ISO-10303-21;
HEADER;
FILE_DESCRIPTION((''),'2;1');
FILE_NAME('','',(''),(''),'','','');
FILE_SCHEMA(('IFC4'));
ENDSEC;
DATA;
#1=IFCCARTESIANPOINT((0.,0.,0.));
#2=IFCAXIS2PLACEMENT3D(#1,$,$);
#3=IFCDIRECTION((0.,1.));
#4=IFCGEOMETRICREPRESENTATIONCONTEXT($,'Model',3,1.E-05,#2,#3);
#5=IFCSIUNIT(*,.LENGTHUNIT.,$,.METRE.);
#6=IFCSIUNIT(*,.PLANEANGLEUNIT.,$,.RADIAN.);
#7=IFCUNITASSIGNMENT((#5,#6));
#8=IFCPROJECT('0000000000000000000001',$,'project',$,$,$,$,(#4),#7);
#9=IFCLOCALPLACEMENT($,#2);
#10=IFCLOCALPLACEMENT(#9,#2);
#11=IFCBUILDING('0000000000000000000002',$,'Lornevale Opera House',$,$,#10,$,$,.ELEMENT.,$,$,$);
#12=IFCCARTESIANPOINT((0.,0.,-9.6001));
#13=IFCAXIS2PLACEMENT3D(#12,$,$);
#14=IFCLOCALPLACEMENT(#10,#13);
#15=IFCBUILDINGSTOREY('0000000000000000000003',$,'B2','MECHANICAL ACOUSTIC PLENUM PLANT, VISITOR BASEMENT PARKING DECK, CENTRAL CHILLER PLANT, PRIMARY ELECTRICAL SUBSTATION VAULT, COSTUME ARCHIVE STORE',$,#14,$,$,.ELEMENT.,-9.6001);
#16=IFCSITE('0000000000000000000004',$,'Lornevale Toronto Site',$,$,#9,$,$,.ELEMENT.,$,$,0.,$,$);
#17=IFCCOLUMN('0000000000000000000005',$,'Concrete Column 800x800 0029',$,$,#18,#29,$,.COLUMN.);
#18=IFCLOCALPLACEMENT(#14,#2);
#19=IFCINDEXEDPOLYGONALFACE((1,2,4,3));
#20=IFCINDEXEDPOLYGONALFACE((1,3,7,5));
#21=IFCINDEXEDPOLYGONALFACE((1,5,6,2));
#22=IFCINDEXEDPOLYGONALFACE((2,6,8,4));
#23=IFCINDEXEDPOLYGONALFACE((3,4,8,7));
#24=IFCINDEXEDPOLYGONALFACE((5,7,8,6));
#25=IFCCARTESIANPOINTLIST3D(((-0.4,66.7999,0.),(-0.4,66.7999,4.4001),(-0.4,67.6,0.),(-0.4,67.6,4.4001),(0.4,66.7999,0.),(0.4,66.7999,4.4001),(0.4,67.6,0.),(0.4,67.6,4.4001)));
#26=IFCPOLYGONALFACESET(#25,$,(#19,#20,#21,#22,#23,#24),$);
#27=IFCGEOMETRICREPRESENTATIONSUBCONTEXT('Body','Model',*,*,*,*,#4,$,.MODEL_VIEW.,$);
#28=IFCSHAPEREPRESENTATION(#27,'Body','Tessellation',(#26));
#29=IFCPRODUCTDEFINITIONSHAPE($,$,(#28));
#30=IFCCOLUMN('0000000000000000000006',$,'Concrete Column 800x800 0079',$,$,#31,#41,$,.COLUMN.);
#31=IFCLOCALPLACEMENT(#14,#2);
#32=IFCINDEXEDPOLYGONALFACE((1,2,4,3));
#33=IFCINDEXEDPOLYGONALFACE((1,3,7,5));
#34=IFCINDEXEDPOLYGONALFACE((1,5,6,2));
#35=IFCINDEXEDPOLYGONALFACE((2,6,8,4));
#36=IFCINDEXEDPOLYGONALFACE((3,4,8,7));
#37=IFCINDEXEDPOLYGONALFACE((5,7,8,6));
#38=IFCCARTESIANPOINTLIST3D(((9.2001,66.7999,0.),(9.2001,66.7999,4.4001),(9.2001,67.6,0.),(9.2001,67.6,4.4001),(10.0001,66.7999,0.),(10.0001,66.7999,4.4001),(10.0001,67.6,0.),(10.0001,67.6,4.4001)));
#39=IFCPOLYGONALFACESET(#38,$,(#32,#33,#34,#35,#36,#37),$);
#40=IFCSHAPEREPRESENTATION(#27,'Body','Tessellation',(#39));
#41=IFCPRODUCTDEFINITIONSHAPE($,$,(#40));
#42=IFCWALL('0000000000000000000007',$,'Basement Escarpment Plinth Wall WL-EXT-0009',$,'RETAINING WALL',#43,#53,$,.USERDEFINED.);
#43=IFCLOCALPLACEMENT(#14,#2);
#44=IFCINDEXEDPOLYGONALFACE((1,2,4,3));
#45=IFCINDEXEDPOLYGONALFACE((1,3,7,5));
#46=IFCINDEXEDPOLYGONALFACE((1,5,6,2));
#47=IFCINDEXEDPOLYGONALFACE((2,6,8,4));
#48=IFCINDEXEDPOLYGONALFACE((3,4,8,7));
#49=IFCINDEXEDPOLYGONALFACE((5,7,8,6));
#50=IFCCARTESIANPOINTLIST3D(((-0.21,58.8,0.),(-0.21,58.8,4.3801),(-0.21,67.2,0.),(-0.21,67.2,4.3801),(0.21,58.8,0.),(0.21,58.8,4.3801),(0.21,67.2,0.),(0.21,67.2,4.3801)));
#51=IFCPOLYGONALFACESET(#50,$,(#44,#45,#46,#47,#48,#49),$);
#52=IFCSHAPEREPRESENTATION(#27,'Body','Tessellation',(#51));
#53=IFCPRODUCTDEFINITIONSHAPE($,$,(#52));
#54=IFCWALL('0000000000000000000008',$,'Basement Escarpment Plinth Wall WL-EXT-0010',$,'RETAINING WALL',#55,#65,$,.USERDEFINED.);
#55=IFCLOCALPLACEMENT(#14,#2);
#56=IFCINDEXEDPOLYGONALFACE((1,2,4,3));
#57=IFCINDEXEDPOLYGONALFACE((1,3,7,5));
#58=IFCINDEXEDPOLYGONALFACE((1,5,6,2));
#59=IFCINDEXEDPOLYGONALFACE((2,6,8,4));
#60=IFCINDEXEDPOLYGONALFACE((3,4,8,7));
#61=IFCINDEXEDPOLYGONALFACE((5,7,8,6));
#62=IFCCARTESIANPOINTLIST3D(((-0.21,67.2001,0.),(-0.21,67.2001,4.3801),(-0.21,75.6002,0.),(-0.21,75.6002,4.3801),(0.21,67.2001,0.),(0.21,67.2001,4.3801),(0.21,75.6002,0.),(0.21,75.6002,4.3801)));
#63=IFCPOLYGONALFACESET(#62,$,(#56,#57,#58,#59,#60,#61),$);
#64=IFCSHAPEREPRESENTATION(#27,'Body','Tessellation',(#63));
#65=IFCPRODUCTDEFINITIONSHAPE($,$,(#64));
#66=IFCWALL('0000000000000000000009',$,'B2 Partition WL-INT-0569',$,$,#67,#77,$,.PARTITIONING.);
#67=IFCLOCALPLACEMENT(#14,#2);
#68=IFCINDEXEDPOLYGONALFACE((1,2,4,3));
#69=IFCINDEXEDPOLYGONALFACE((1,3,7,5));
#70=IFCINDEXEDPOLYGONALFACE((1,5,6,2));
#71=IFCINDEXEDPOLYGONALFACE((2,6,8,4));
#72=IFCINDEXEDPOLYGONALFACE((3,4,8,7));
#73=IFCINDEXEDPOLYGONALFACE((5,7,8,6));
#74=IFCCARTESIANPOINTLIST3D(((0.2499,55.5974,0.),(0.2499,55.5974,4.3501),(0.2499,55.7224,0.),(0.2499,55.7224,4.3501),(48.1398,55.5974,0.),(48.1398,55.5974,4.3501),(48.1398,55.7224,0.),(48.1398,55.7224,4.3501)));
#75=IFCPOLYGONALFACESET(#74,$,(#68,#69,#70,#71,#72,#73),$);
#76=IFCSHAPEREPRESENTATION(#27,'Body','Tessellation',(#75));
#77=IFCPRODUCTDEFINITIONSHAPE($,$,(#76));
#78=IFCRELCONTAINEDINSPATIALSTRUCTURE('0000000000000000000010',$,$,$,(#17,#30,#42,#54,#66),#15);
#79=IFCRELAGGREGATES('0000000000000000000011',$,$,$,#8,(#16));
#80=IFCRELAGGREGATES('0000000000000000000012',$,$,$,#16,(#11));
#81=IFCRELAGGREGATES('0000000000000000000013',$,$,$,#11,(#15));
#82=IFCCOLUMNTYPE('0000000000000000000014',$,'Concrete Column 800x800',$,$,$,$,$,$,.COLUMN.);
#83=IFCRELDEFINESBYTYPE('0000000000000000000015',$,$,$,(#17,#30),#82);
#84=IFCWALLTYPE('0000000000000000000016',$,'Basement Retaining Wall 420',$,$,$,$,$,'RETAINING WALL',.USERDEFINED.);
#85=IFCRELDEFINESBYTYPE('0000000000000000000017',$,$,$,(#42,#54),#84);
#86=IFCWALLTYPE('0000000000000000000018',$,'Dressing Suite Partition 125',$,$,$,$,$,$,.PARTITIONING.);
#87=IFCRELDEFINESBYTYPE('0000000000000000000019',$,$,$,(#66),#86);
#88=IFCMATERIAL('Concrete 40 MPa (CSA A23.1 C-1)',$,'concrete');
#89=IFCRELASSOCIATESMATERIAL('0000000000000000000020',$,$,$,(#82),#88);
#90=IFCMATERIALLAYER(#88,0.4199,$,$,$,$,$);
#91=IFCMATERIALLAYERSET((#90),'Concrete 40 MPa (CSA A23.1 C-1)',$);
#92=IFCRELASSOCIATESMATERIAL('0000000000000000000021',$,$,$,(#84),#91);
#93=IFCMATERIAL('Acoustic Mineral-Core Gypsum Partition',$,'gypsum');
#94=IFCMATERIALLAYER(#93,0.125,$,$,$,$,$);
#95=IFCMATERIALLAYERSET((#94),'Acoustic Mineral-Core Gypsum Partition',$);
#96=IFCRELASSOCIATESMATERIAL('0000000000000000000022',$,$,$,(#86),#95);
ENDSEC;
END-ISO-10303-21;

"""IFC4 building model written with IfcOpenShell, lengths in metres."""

from ifc_helpers import new_model, si_unit, direction, frame, frame_2d, origin, origin_2d, place, context, subcontext, project, spatial, rectangle, extrude, material, layer, layer_set, material_profile, profile_set, type_object, element, save


model = new_model("IFC4")

# Units and contexts
model_context = context("Model", 3, precision=1e-05, world=origin(), true_north=direction((0.0, 1.0)))
body_context = subcontext(model_context, "Body", "Model", "MODEL_VIEW")
ifc_project = project(units=[si_unit("LENGTHUNIT", "METRE"), si_unit("PLANEANGLEUNIT", "RADIAN")], contexts=[model_context])

# Site, building, storey
site_placement = place(None, origin())
site = spatial("IfcSite", under=ifc_project, at=site_placement, Name="Lornevale Toronto Site", CompositionType="ELEMENT", RefElevation=0.0)
building_placement = place(site_placement, origin())
building = spatial("IfcBuilding", under=site, at=building_placement, Name="Lornevale Opera House", CompositionType="ELEMENT")
storey_placement = place(building_placement, frame((0.0, 0.0, -9.6001)))
storey = spatial("IfcBuildingStorey", under=building, at=storey_placement, Name="B2", Description="MECHANICAL ACOUSTIC PLENUM PLANT, VISITOR BASEMENT PARKING DECK, CENTRAL CHILLER PLANT, PRIMARY ELECTRICAL SUBSTATION VAULT, COSTUME ARCHIVE STORE", CompositionType="ELEMENT", Elevation=-9.6001)

# Shared definitions
ifc_material_1 = material(Name="Concrete 40 MPa (CSA A23.1 C-1)", Category="concrete")

# Columns
ifc_material_profile_1 = material_profile(ifc_material_1, rectangle(XDim=0.8, YDim=0.8, at=origin_2d()), Name="RC800x800")
ifc_profile_set_1 = profile_set([ifc_material_profile_1], Name="Concrete 40 MPa (CSA A23.1 C-1)")
column_type_1 = type_object("IfcColumnType", Name="Concrete Column 800x800", PredefinedType="COLUMN", material=ifc_profile_set_1)
for number, where, z_axis, x_axis, name in (
    (1, (0.0, 67.2, 0.0), (0.0, 0.0, 1.0), (1.0, 0.0, 0.0), "Concrete Column 800x800 0029"),
    (2, (9.6001, 67.2, 0.0), (0.0, 0.0, 1.0), (1.0, 0.0, 0.0), "Concrete Column 800x800 0079"),
):
    element("IfcColumn", number, at=place(storey_placement, frame(where, z_axis=z_axis, x_axis=x_axis)), inside=storey, type_object=column_type_1, Name=name, PredefinedType="COLUMN", context=body_context, shape_type="SweptSolid", body=[
        extrude(rectangle(XDim=0.8, YDim=0.8, at=origin_2d()), origin(), (0.0, 0.0, 1.0), 4.4001),
    ])

# Walls
ifc_layer_1 = layer(ifc_material_1, 0.4199)
ifc_layer_set_1 = layer_set([ifc_layer_1], Name="Concrete 40 MPa (CSA A23.1 C-1)")
wall_type_1 = type_object("IfcWallType", Name="Basement Retaining Wall 420", ElementType="RETAINING WALL", PredefinedType="USERDEFINED", material=ifc_layer_set_1)
wall_1_placement = place(storey_placement, frame((0.0, 58.8, 0.0), z_axis=(0.0, 0.0, 1.0), x_axis=(0.0, 1.0, 0.0)))
element("IfcWall", 3, at=wall_1_placement, inside=storey, type_object=wall_type_1, Name="Basement Escarpment Plinth Wall WL-EXT-0009", ObjectType="RETAINING WALL", PredefinedType="USERDEFINED", context=body_context, shape_type="SweptSolid", body=[
    extrude(rectangle(XDim=8.3999, YDim=0.4199, at=frame_2d((4.2, 0.0))), origin(), (0.0, 0.0, 1.0), 4.3801),
])
wall_2_placement = place(storey_placement, frame((0.0, 67.2, 0.0), z_axis=(0.0, 0.0, 1.0), x_axis=(0.0, 1.0, 0.0)))
element("IfcWall", 4, at=wall_2_placement, inside=storey, type_object=wall_type_1, Name="Basement Escarpment Plinth Wall WL-EXT-0010", ObjectType="RETAINING WALL", PredefinedType="USERDEFINED", context=body_context, shape_type="SweptSolid", body=[
    extrude(rectangle(XDim=8.4001, YDim=0.4199, at=frame_2d((4.2002, 0.0))), origin(), (0.0, 0.0, 1.0), 4.3801),
])
ifc_material_2 = material(Name="Acoustic Mineral-Core Gypsum Partition", Category="gypsum")
ifc_layer_2 = layer(ifc_material_2, 0.125)
ifc_layer_set_2 = layer_set([ifc_layer_2], Name="Acoustic Mineral-Core Gypsum Partition")
wall_type_2 = type_object("IfcWallType", Name="Dressing Suite Partition 125", PredefinedType="PARTITIONING", material=ifc_layer_set_2)
wall_3_placement = place(storey_placement, frame((0.25, 55.6599, 0.0), z_axis=(0.0, 0.0, 1.0), x_axis=(1.0, 0.0, 0.0)))
element("IfcWall", 5, at=wall_3_placement, inside=storey, type_object=wall_type_2, Name="B2 Partition WL-INT-0569", PredefinedType="PARTITIONING", context=body_context, shape_type="SweptSolid", body=[
    extrude(rectangle(XDim=47.8899, YDim=0.125, at=frame_2d((23.9448, 0.0))), origin(), (0.0, 0.0, 1.0), 4.3501),
])

save(model, "model.ifc")
